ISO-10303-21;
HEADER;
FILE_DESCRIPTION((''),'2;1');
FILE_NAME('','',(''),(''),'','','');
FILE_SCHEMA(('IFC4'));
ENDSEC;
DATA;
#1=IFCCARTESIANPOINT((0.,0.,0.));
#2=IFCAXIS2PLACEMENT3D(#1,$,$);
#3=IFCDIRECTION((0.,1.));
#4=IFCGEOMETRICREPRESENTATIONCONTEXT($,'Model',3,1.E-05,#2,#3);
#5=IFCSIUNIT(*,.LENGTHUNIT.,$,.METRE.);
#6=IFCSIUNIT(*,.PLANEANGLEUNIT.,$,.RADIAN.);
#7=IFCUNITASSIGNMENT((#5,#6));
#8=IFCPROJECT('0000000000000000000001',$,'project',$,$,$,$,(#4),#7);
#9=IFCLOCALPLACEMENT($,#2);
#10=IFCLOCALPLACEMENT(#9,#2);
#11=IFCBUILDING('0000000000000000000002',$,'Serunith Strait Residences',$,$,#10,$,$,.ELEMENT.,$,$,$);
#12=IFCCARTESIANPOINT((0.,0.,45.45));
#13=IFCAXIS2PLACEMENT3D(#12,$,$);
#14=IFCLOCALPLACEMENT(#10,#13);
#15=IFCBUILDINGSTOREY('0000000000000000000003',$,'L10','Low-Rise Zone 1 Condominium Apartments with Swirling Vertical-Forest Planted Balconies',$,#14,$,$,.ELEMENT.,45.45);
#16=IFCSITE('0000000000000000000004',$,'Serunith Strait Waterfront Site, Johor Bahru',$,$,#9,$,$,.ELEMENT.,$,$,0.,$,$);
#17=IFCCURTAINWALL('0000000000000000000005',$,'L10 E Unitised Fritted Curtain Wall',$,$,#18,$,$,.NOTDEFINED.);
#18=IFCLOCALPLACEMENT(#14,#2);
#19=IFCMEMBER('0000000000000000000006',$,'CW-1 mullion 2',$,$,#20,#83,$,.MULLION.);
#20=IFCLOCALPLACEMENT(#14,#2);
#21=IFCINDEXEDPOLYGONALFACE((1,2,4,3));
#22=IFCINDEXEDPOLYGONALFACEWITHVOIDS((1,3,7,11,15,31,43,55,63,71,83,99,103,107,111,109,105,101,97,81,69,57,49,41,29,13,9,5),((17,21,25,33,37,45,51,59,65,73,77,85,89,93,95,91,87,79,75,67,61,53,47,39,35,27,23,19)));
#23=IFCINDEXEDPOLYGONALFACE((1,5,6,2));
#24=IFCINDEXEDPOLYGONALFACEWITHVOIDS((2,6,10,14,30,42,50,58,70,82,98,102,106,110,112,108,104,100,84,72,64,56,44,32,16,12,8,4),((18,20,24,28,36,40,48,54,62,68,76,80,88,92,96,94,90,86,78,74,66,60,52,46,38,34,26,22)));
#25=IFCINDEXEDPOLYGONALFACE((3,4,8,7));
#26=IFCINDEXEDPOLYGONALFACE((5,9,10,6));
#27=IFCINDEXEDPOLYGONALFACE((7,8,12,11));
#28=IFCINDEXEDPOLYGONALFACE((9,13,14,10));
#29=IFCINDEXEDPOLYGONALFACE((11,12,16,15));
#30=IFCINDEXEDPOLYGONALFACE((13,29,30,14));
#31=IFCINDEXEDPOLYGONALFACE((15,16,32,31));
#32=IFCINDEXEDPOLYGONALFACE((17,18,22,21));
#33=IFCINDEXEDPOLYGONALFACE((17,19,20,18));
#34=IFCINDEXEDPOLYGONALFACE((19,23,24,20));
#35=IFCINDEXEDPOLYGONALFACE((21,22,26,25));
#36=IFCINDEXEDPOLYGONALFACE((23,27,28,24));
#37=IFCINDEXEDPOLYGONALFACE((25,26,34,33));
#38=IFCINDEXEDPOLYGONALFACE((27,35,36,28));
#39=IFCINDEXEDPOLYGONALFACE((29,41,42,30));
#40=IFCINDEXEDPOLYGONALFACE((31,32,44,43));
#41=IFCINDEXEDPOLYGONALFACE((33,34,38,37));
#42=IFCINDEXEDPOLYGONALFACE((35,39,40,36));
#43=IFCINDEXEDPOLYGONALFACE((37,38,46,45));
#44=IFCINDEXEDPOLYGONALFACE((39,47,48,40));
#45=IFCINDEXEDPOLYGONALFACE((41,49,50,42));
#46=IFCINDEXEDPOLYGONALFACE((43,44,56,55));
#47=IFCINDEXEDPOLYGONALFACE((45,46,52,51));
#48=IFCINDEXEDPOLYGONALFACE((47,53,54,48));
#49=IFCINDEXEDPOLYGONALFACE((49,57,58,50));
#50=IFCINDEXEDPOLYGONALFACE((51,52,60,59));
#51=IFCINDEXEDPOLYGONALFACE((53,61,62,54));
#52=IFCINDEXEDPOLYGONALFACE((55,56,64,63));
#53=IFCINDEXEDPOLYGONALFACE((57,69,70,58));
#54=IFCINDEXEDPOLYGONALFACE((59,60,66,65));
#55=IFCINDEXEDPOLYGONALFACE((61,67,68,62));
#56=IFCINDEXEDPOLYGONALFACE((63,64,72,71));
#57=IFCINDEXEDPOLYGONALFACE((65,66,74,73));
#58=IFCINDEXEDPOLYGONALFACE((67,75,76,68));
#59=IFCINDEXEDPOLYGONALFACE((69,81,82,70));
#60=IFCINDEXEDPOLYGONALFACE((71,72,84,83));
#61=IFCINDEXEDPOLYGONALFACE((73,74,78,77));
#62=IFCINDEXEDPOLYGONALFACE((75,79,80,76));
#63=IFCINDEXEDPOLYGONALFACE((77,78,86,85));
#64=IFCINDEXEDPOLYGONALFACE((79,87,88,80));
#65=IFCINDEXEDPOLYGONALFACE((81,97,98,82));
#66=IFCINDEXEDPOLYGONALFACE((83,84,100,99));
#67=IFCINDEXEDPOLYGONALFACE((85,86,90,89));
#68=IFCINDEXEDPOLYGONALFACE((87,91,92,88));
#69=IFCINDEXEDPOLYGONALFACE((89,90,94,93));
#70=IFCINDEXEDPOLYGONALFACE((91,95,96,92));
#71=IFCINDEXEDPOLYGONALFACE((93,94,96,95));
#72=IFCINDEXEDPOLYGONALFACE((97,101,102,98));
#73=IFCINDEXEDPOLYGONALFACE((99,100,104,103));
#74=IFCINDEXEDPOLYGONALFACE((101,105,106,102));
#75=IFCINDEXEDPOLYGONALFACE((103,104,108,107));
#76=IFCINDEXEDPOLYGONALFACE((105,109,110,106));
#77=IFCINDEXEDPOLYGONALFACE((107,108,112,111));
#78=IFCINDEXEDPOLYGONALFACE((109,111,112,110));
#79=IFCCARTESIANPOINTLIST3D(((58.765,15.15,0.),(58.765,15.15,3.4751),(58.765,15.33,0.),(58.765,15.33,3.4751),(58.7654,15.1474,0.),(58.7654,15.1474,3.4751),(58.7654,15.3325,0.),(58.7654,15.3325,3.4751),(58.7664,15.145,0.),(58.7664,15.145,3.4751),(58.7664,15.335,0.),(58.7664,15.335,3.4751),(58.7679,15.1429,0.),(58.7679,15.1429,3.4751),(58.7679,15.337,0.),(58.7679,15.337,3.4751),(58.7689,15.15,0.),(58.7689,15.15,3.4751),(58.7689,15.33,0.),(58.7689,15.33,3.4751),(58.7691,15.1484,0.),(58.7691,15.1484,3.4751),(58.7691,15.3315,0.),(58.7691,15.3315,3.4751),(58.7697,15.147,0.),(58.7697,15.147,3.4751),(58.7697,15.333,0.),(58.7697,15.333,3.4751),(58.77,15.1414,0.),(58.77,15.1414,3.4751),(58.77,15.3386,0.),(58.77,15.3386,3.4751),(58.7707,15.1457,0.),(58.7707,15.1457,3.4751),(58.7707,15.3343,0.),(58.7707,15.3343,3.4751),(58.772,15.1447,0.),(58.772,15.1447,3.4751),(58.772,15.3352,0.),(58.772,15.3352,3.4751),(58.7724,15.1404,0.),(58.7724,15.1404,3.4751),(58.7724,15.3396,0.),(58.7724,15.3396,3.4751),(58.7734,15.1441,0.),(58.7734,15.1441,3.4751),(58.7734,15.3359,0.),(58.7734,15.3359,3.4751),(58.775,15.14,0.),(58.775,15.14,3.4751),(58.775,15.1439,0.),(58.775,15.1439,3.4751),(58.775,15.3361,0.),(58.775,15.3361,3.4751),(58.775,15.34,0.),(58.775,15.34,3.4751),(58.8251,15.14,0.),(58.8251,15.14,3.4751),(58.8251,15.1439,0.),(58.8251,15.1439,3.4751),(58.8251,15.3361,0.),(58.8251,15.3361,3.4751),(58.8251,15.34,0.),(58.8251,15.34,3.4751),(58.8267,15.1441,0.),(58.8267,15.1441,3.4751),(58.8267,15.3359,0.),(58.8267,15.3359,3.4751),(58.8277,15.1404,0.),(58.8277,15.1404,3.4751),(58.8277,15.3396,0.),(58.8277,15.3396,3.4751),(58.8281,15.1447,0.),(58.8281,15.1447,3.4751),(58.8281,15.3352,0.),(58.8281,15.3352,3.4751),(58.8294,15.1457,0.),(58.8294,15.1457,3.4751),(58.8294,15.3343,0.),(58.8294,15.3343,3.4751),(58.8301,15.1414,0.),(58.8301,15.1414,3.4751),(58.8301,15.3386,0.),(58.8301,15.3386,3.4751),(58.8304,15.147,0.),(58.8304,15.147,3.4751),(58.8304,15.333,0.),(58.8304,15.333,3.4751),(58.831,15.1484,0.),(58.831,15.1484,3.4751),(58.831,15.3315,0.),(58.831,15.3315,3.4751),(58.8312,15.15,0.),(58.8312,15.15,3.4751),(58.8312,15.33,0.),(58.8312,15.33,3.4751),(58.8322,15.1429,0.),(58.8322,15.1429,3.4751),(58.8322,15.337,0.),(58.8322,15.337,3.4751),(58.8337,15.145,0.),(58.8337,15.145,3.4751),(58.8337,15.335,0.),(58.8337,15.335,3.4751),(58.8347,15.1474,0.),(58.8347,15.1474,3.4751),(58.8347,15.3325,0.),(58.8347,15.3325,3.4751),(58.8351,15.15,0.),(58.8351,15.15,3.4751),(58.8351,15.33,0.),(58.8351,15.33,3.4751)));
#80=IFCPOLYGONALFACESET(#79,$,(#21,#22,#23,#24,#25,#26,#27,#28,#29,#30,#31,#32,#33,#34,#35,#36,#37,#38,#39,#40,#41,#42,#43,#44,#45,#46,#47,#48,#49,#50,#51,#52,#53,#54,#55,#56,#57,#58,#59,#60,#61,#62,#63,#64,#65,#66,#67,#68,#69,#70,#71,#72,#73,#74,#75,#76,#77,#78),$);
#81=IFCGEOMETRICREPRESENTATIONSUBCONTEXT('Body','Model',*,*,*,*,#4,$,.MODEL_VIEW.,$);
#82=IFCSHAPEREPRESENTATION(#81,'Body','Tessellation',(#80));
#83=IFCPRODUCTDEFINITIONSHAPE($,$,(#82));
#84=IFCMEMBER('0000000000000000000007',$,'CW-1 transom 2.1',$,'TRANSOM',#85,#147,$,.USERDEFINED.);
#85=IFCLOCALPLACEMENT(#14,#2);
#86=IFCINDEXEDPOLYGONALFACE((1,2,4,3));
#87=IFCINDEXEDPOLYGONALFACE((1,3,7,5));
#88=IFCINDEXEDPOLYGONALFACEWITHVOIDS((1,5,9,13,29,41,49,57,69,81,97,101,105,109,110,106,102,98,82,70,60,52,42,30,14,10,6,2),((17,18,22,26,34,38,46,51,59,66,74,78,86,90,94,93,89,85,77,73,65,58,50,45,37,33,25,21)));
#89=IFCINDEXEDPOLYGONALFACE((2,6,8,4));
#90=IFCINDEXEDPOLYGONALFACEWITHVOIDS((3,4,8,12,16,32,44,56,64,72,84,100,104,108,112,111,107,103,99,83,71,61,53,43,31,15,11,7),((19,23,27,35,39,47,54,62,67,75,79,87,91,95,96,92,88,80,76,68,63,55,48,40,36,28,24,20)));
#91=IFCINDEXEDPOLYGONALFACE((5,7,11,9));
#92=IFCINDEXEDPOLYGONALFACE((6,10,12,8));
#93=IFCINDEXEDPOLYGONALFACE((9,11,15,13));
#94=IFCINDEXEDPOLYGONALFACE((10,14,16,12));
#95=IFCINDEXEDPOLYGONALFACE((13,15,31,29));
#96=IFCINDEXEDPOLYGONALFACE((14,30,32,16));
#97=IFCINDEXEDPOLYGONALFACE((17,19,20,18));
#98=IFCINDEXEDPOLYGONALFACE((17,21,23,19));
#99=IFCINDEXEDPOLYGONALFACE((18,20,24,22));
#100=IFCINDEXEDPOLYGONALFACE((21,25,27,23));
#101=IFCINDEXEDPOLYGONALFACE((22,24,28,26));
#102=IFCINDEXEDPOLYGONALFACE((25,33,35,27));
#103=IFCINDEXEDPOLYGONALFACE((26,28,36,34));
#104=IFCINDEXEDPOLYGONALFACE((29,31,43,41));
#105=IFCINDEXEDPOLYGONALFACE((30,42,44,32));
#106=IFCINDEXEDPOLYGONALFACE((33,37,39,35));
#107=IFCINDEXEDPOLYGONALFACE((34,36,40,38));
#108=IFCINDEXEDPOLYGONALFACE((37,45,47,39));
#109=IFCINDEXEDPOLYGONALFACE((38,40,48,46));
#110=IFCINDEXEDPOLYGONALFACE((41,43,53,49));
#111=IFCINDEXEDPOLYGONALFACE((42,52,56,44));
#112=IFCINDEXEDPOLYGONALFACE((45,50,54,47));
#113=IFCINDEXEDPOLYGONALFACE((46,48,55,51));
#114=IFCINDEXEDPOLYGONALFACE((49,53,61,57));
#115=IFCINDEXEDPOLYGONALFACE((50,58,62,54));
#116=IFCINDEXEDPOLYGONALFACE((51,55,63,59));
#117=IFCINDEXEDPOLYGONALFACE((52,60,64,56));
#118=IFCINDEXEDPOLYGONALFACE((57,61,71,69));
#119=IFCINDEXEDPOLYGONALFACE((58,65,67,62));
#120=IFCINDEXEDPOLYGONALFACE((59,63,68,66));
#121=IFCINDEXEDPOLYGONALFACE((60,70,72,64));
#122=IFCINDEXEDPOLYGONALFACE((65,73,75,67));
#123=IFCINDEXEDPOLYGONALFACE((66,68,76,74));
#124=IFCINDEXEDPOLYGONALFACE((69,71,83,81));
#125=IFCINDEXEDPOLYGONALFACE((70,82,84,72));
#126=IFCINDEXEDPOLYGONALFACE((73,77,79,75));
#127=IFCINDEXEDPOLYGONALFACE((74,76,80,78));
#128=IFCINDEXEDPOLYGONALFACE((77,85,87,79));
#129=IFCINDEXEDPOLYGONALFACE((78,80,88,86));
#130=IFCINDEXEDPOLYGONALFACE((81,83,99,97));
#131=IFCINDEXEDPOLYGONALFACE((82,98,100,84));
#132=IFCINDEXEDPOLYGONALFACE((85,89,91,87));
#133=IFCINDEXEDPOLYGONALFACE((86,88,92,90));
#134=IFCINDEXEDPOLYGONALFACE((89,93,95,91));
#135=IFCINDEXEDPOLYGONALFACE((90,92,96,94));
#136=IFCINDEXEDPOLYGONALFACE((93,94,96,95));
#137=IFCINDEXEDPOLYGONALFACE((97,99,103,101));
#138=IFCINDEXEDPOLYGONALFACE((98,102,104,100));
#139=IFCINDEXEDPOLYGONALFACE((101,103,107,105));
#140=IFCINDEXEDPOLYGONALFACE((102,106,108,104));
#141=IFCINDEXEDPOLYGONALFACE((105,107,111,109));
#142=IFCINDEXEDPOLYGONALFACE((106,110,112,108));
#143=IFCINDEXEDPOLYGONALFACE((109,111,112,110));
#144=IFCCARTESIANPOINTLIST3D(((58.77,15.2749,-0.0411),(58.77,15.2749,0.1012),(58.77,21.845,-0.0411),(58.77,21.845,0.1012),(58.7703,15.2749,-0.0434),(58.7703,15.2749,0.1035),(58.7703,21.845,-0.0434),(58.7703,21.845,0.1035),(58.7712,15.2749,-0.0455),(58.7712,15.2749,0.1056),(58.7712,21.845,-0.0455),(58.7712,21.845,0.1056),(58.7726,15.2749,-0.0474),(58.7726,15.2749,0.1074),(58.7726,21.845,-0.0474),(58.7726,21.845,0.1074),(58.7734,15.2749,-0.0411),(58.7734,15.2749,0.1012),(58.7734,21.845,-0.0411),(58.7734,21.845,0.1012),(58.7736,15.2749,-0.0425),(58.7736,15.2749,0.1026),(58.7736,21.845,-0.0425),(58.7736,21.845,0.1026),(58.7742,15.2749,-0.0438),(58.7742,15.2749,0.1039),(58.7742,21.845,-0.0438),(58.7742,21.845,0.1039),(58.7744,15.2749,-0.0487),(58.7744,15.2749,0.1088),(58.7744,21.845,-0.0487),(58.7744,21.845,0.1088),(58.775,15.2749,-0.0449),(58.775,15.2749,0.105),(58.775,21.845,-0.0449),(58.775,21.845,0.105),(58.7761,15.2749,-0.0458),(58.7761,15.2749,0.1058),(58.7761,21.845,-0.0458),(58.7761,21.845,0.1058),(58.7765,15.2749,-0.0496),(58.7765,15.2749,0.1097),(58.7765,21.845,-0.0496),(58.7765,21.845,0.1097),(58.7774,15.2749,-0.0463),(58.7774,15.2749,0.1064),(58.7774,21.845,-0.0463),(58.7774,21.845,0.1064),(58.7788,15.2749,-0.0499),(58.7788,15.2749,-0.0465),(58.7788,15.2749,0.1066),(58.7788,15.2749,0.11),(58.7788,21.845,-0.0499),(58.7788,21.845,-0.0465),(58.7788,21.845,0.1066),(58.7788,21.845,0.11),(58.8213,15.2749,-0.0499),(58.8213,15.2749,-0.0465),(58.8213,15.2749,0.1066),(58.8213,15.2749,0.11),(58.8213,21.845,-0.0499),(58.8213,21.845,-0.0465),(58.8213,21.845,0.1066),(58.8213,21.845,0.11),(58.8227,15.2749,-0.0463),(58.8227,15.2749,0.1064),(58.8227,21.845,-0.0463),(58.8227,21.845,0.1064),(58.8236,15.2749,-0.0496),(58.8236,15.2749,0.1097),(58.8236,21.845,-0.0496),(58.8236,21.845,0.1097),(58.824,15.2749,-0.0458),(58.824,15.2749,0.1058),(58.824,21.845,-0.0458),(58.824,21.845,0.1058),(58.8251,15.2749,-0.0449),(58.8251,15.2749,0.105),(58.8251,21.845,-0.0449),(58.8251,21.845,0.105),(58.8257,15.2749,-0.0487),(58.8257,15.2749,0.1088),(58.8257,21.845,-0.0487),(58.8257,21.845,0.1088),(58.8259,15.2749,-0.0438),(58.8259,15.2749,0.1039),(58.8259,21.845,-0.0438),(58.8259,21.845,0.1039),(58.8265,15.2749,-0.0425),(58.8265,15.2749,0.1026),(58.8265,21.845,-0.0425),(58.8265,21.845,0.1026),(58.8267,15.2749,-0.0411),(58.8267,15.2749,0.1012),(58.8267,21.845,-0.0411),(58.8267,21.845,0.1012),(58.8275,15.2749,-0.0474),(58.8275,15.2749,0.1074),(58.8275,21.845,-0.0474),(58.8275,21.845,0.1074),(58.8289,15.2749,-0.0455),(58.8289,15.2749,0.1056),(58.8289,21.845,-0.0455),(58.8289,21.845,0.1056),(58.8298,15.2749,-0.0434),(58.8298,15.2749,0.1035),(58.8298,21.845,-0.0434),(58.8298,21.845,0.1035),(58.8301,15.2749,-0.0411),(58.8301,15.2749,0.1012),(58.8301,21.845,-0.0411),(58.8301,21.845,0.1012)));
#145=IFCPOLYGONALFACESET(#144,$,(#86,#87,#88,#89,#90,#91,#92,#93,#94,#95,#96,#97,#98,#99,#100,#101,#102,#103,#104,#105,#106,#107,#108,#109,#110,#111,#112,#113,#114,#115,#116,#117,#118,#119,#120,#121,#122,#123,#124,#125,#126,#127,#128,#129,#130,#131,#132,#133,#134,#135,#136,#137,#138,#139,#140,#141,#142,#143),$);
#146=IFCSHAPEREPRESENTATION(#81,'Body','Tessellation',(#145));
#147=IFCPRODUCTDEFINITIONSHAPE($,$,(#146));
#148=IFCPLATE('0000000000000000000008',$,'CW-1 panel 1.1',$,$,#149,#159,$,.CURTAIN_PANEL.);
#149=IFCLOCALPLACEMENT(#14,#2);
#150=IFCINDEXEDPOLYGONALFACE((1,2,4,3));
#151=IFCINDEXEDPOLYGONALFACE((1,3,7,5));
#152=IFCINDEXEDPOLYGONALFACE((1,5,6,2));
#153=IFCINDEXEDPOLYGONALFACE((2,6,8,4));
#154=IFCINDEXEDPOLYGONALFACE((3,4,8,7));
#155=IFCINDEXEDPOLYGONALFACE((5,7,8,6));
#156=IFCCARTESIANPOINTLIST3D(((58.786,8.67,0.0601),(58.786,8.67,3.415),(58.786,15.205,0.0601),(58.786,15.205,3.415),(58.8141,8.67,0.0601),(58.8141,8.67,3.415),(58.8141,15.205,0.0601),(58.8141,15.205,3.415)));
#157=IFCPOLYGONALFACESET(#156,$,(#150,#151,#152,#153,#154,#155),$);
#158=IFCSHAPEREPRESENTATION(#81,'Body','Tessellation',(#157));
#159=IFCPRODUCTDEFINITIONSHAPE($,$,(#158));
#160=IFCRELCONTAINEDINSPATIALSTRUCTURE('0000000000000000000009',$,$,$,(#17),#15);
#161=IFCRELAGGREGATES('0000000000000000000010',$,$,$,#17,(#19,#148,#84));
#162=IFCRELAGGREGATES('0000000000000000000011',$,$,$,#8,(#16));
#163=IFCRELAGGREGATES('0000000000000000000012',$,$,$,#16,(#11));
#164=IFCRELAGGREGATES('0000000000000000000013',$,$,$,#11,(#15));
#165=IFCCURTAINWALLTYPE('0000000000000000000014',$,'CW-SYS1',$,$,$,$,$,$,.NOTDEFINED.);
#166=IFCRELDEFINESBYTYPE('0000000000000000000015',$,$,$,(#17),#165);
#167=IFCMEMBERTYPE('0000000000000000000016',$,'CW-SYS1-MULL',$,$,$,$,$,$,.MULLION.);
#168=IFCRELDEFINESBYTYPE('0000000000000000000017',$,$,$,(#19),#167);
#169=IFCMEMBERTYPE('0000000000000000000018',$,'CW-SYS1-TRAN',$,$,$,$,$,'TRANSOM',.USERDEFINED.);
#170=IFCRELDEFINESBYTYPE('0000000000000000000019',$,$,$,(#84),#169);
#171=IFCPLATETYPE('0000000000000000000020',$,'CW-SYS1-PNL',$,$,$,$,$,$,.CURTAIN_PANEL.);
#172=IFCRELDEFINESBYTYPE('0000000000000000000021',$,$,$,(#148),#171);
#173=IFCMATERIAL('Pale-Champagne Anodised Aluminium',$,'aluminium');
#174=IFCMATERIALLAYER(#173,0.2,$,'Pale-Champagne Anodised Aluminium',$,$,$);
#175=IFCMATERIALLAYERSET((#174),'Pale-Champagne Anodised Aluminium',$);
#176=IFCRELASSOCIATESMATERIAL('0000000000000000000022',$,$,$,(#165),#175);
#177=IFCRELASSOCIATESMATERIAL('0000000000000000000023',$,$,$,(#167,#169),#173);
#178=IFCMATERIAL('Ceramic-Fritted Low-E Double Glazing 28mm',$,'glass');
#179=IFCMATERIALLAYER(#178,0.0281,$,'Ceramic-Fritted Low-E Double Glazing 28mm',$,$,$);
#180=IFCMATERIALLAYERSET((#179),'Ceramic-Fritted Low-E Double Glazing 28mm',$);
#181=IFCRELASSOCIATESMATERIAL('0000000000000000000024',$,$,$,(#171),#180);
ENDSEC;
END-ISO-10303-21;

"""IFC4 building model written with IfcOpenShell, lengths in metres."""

from ifc_helpers import new_model, si_unit, direction, frame, origin, origin_2d, place, context, subcontext, project, spatial, rectangle, hollow_rectangle, extrude, source, transform, mapped, material, layer, layer_set, material_profile, profile_set, type_object, element, aggregate, save


model = new_model("IFC4")

# Units and contexts
model_context = context("Model", 3, precision=1e-05, world=origin(), true_north=direction((0.0, 1.0)))
body_context = subcontext(model_context, "Body", "Model", "MODEL_VIEW")
ifc_project = project(units=[si_unit("LENGTHUNIT", "METRE"), si_unit("PLANEANGLEUNIT", "RADIAN")], contexts=[model_context])

# Site, building, storey
site_placement = place(None, origin())
site = spatial("IfcSite", under=ifc_project, at=site_placement, Name="Serunith Strait Waterfront Site, Johor Bahru", CompositionType="ELEMENT", RefElevation=0.0)
building_placement = place(site_placement, origin())
building = spatial("IfcBuilding", under=site, at=building_placement, Name="Serunith Strait Residences", CompositionType="ELEMENT")
storey_placement = place(building_placement, frame((0.0, 0.0, 45.45)))
storey = spatial("IfcBuildingStorey", under=building, at=storey_placement, Name="L10", Description="Low-Rise Zone 1 Condominium Apartments with Swirling Vertical-Forest Planted Balconies", CompositionType="ELEMENT", Elevation=45.45)

# Curtain wall, members, plate
ifc_material_1 = material(Name="Pale-Champagne Anodised Aluminium", Category="aluminium")
ifc_layer_1 = layer(ifc_material_1, 0.2, Name="Pale-Champagne Anodised Aluminium")
ifc_layer_set_1 = layer_set([ifc_layer_1], Name="Pale-Champagne Anodised Aluminium")
curtain_wall_type = type_object("IfcCurtainWallType", Name="CW-SYS1", PredefinedType="NOTDEFINED", material=ifc_layer_set_1)
curtain_wall_placement = place(storey_placement, origin())
curtain_wall = element("IfcCurtainWall", 1, at=curtain_wall_placement, inside=storey, type_object=curtain_wall_type, Name="L10 E Unitised Fritted Curtain Wall", PredefinedType="NOTDEFINED")
ifc_material_profile_1 = material_profile(ifc_material_1, hollow_rectangle(XDim=0.0701, YDim=0.2, WallThickness=0.0039, InnerFilletRadius=0.0061, OuterFilletRadius=0.01, at=origin_2d()), Name="ALU 200x70x4")
ifc_profile_set_1 = profile_set([ifc_material_profile_1], Name="Pale-Champagne Anodised Aluminium")
member_type_1 = type_object("IfcMemberType", Name="CW-SYS1-MULL", PredefinedType="MULLION", material=ifc_profile_set_1)
shared_shape_1 = source(origin(), body_context, "Body", "SweptSolid", [
    extrude(hollow_rectangle(XDim=0.0701, YDim=0.2, WallThickness=0.0039, InnerFilletRadius=0.0061, OuterFilletRadius=0.01, at=origin_2d()), origin(), (0.0, 0.0, 1.0), 3.4751),
])
member_1_placement = place(storey_placement, frame((58.8, 15.24, 0.0), z_axis=(0.0, 0.0, 1.0), x_axis=(-1.0, 0.0, 0.0)))
member_1 = element("IfcMember", 2, at=member_1_placement, type_object=member_type_1, Name="CW-1 mullion 2", PredefinedType="MULLION", context=body_context, shape_type="MappedRepresentation", body=[
    mapped(shared_shape_1, transform((0.0, 0.0, 0.0), scale=1.0)),
])
ifc_material_profile_2 = material_profile(ifc_material_1, hollow_rectangle(XDim=0.0601, YDim=0.1599, WallThickness=0.0034, InnerFilletRadius=0.0054, OuterFilletRadius=0.0088, at=origin_2d()), Name="ALU 160x60x3.5")
ifc_profile_set_2 = profile_set([ifc_material_profile_2], Name="Pale-Champagne Anodised Aluminium")
member_type_2 = type_object("IfcMemberType", Name="CW-SYS1-TRAN", ElementType="TRANSOM", PredefinedType="USERDEFINED", material=ifc_profile_set_2)
shared_shape_2 = source(origin(), body_context, "Body", "SweptSolid", [
    extrude(hollow_rectangle(XDim=0.0601, YDim=0.1599, WallThickness=0.0034, InnerFilletRadius=0.0054, OuterFilletRadius=0.0088, at=origin_2d()), origin(), (0.0, 0.0, 1.0), 6.5701),
])
member_2_placement = place(storey_placement, frame((58.8, 15.2749, 0.03), z_axis=(0.0, 1.0, 0.0), x_axis=(-1.0, 0.0, 0.0)))
member_2 = element("IfcMember", 3, at=member_2_placement, type_object=member_type_2, Name="CW-1 transom 2.1", ObjectType="TRANSOM", PredefinedType="USERDEFINED", context=body_context, shape_type="MappedRepresentation", body=[
    mapped(shared_shape_2, transform((0.0, 0.0, 0.0), scale=1.0)),
])
ifc_material_2 = material(Name="Ceramic-Fritted Low-E Double Glazing 28mm", Category="glass")
ifc_layer_2 = layer(ifc_material_2, 0.0281, Name="Ceramic-Fritted Low-E Double Glazing 28mm")
ifc_layer_set_2 = layer_set([ifc_layer_2], Name="Ceramic-Fritted Low-E Double Glazing 28mm")
plate_type = type_object("IfcPlateType", Name="CW-SYS1-PNL", PredefinedType="CURTAIN_PANEL", material=ifc_layer_set_2)
shared_shape_3 = source(origin(), body_context, "Body", "SweptSolid", [
    extrude(rectangle(XDim=6.5349, YDim=0.0281, at=origin_2d()), origin(), (0.0, 0.0, 1.0), 3.355),
])
plate_placement = place(storey_placement, frame((58.8, 11.9375, 0.0601), z_axis=(0.0, 0.0, 1.0), x_axis=(0.0, 1.0, 0.0)))
plate = element("IfcPlate", 4, at=plate_placement, type_object=plate_type, Name="CW-1 panel 1.1", PredefinedType="CURTAIN_PANEL", context=body_context, shape_type="MappedRepresentation", body=[
    mapped(shared_shape_3, transform((0.0, 0.0, 0.0), scale=1.0)),
])
aggregate(curtain_wall, [member_1, plate, member_2])

save(model, "model.ifc")
